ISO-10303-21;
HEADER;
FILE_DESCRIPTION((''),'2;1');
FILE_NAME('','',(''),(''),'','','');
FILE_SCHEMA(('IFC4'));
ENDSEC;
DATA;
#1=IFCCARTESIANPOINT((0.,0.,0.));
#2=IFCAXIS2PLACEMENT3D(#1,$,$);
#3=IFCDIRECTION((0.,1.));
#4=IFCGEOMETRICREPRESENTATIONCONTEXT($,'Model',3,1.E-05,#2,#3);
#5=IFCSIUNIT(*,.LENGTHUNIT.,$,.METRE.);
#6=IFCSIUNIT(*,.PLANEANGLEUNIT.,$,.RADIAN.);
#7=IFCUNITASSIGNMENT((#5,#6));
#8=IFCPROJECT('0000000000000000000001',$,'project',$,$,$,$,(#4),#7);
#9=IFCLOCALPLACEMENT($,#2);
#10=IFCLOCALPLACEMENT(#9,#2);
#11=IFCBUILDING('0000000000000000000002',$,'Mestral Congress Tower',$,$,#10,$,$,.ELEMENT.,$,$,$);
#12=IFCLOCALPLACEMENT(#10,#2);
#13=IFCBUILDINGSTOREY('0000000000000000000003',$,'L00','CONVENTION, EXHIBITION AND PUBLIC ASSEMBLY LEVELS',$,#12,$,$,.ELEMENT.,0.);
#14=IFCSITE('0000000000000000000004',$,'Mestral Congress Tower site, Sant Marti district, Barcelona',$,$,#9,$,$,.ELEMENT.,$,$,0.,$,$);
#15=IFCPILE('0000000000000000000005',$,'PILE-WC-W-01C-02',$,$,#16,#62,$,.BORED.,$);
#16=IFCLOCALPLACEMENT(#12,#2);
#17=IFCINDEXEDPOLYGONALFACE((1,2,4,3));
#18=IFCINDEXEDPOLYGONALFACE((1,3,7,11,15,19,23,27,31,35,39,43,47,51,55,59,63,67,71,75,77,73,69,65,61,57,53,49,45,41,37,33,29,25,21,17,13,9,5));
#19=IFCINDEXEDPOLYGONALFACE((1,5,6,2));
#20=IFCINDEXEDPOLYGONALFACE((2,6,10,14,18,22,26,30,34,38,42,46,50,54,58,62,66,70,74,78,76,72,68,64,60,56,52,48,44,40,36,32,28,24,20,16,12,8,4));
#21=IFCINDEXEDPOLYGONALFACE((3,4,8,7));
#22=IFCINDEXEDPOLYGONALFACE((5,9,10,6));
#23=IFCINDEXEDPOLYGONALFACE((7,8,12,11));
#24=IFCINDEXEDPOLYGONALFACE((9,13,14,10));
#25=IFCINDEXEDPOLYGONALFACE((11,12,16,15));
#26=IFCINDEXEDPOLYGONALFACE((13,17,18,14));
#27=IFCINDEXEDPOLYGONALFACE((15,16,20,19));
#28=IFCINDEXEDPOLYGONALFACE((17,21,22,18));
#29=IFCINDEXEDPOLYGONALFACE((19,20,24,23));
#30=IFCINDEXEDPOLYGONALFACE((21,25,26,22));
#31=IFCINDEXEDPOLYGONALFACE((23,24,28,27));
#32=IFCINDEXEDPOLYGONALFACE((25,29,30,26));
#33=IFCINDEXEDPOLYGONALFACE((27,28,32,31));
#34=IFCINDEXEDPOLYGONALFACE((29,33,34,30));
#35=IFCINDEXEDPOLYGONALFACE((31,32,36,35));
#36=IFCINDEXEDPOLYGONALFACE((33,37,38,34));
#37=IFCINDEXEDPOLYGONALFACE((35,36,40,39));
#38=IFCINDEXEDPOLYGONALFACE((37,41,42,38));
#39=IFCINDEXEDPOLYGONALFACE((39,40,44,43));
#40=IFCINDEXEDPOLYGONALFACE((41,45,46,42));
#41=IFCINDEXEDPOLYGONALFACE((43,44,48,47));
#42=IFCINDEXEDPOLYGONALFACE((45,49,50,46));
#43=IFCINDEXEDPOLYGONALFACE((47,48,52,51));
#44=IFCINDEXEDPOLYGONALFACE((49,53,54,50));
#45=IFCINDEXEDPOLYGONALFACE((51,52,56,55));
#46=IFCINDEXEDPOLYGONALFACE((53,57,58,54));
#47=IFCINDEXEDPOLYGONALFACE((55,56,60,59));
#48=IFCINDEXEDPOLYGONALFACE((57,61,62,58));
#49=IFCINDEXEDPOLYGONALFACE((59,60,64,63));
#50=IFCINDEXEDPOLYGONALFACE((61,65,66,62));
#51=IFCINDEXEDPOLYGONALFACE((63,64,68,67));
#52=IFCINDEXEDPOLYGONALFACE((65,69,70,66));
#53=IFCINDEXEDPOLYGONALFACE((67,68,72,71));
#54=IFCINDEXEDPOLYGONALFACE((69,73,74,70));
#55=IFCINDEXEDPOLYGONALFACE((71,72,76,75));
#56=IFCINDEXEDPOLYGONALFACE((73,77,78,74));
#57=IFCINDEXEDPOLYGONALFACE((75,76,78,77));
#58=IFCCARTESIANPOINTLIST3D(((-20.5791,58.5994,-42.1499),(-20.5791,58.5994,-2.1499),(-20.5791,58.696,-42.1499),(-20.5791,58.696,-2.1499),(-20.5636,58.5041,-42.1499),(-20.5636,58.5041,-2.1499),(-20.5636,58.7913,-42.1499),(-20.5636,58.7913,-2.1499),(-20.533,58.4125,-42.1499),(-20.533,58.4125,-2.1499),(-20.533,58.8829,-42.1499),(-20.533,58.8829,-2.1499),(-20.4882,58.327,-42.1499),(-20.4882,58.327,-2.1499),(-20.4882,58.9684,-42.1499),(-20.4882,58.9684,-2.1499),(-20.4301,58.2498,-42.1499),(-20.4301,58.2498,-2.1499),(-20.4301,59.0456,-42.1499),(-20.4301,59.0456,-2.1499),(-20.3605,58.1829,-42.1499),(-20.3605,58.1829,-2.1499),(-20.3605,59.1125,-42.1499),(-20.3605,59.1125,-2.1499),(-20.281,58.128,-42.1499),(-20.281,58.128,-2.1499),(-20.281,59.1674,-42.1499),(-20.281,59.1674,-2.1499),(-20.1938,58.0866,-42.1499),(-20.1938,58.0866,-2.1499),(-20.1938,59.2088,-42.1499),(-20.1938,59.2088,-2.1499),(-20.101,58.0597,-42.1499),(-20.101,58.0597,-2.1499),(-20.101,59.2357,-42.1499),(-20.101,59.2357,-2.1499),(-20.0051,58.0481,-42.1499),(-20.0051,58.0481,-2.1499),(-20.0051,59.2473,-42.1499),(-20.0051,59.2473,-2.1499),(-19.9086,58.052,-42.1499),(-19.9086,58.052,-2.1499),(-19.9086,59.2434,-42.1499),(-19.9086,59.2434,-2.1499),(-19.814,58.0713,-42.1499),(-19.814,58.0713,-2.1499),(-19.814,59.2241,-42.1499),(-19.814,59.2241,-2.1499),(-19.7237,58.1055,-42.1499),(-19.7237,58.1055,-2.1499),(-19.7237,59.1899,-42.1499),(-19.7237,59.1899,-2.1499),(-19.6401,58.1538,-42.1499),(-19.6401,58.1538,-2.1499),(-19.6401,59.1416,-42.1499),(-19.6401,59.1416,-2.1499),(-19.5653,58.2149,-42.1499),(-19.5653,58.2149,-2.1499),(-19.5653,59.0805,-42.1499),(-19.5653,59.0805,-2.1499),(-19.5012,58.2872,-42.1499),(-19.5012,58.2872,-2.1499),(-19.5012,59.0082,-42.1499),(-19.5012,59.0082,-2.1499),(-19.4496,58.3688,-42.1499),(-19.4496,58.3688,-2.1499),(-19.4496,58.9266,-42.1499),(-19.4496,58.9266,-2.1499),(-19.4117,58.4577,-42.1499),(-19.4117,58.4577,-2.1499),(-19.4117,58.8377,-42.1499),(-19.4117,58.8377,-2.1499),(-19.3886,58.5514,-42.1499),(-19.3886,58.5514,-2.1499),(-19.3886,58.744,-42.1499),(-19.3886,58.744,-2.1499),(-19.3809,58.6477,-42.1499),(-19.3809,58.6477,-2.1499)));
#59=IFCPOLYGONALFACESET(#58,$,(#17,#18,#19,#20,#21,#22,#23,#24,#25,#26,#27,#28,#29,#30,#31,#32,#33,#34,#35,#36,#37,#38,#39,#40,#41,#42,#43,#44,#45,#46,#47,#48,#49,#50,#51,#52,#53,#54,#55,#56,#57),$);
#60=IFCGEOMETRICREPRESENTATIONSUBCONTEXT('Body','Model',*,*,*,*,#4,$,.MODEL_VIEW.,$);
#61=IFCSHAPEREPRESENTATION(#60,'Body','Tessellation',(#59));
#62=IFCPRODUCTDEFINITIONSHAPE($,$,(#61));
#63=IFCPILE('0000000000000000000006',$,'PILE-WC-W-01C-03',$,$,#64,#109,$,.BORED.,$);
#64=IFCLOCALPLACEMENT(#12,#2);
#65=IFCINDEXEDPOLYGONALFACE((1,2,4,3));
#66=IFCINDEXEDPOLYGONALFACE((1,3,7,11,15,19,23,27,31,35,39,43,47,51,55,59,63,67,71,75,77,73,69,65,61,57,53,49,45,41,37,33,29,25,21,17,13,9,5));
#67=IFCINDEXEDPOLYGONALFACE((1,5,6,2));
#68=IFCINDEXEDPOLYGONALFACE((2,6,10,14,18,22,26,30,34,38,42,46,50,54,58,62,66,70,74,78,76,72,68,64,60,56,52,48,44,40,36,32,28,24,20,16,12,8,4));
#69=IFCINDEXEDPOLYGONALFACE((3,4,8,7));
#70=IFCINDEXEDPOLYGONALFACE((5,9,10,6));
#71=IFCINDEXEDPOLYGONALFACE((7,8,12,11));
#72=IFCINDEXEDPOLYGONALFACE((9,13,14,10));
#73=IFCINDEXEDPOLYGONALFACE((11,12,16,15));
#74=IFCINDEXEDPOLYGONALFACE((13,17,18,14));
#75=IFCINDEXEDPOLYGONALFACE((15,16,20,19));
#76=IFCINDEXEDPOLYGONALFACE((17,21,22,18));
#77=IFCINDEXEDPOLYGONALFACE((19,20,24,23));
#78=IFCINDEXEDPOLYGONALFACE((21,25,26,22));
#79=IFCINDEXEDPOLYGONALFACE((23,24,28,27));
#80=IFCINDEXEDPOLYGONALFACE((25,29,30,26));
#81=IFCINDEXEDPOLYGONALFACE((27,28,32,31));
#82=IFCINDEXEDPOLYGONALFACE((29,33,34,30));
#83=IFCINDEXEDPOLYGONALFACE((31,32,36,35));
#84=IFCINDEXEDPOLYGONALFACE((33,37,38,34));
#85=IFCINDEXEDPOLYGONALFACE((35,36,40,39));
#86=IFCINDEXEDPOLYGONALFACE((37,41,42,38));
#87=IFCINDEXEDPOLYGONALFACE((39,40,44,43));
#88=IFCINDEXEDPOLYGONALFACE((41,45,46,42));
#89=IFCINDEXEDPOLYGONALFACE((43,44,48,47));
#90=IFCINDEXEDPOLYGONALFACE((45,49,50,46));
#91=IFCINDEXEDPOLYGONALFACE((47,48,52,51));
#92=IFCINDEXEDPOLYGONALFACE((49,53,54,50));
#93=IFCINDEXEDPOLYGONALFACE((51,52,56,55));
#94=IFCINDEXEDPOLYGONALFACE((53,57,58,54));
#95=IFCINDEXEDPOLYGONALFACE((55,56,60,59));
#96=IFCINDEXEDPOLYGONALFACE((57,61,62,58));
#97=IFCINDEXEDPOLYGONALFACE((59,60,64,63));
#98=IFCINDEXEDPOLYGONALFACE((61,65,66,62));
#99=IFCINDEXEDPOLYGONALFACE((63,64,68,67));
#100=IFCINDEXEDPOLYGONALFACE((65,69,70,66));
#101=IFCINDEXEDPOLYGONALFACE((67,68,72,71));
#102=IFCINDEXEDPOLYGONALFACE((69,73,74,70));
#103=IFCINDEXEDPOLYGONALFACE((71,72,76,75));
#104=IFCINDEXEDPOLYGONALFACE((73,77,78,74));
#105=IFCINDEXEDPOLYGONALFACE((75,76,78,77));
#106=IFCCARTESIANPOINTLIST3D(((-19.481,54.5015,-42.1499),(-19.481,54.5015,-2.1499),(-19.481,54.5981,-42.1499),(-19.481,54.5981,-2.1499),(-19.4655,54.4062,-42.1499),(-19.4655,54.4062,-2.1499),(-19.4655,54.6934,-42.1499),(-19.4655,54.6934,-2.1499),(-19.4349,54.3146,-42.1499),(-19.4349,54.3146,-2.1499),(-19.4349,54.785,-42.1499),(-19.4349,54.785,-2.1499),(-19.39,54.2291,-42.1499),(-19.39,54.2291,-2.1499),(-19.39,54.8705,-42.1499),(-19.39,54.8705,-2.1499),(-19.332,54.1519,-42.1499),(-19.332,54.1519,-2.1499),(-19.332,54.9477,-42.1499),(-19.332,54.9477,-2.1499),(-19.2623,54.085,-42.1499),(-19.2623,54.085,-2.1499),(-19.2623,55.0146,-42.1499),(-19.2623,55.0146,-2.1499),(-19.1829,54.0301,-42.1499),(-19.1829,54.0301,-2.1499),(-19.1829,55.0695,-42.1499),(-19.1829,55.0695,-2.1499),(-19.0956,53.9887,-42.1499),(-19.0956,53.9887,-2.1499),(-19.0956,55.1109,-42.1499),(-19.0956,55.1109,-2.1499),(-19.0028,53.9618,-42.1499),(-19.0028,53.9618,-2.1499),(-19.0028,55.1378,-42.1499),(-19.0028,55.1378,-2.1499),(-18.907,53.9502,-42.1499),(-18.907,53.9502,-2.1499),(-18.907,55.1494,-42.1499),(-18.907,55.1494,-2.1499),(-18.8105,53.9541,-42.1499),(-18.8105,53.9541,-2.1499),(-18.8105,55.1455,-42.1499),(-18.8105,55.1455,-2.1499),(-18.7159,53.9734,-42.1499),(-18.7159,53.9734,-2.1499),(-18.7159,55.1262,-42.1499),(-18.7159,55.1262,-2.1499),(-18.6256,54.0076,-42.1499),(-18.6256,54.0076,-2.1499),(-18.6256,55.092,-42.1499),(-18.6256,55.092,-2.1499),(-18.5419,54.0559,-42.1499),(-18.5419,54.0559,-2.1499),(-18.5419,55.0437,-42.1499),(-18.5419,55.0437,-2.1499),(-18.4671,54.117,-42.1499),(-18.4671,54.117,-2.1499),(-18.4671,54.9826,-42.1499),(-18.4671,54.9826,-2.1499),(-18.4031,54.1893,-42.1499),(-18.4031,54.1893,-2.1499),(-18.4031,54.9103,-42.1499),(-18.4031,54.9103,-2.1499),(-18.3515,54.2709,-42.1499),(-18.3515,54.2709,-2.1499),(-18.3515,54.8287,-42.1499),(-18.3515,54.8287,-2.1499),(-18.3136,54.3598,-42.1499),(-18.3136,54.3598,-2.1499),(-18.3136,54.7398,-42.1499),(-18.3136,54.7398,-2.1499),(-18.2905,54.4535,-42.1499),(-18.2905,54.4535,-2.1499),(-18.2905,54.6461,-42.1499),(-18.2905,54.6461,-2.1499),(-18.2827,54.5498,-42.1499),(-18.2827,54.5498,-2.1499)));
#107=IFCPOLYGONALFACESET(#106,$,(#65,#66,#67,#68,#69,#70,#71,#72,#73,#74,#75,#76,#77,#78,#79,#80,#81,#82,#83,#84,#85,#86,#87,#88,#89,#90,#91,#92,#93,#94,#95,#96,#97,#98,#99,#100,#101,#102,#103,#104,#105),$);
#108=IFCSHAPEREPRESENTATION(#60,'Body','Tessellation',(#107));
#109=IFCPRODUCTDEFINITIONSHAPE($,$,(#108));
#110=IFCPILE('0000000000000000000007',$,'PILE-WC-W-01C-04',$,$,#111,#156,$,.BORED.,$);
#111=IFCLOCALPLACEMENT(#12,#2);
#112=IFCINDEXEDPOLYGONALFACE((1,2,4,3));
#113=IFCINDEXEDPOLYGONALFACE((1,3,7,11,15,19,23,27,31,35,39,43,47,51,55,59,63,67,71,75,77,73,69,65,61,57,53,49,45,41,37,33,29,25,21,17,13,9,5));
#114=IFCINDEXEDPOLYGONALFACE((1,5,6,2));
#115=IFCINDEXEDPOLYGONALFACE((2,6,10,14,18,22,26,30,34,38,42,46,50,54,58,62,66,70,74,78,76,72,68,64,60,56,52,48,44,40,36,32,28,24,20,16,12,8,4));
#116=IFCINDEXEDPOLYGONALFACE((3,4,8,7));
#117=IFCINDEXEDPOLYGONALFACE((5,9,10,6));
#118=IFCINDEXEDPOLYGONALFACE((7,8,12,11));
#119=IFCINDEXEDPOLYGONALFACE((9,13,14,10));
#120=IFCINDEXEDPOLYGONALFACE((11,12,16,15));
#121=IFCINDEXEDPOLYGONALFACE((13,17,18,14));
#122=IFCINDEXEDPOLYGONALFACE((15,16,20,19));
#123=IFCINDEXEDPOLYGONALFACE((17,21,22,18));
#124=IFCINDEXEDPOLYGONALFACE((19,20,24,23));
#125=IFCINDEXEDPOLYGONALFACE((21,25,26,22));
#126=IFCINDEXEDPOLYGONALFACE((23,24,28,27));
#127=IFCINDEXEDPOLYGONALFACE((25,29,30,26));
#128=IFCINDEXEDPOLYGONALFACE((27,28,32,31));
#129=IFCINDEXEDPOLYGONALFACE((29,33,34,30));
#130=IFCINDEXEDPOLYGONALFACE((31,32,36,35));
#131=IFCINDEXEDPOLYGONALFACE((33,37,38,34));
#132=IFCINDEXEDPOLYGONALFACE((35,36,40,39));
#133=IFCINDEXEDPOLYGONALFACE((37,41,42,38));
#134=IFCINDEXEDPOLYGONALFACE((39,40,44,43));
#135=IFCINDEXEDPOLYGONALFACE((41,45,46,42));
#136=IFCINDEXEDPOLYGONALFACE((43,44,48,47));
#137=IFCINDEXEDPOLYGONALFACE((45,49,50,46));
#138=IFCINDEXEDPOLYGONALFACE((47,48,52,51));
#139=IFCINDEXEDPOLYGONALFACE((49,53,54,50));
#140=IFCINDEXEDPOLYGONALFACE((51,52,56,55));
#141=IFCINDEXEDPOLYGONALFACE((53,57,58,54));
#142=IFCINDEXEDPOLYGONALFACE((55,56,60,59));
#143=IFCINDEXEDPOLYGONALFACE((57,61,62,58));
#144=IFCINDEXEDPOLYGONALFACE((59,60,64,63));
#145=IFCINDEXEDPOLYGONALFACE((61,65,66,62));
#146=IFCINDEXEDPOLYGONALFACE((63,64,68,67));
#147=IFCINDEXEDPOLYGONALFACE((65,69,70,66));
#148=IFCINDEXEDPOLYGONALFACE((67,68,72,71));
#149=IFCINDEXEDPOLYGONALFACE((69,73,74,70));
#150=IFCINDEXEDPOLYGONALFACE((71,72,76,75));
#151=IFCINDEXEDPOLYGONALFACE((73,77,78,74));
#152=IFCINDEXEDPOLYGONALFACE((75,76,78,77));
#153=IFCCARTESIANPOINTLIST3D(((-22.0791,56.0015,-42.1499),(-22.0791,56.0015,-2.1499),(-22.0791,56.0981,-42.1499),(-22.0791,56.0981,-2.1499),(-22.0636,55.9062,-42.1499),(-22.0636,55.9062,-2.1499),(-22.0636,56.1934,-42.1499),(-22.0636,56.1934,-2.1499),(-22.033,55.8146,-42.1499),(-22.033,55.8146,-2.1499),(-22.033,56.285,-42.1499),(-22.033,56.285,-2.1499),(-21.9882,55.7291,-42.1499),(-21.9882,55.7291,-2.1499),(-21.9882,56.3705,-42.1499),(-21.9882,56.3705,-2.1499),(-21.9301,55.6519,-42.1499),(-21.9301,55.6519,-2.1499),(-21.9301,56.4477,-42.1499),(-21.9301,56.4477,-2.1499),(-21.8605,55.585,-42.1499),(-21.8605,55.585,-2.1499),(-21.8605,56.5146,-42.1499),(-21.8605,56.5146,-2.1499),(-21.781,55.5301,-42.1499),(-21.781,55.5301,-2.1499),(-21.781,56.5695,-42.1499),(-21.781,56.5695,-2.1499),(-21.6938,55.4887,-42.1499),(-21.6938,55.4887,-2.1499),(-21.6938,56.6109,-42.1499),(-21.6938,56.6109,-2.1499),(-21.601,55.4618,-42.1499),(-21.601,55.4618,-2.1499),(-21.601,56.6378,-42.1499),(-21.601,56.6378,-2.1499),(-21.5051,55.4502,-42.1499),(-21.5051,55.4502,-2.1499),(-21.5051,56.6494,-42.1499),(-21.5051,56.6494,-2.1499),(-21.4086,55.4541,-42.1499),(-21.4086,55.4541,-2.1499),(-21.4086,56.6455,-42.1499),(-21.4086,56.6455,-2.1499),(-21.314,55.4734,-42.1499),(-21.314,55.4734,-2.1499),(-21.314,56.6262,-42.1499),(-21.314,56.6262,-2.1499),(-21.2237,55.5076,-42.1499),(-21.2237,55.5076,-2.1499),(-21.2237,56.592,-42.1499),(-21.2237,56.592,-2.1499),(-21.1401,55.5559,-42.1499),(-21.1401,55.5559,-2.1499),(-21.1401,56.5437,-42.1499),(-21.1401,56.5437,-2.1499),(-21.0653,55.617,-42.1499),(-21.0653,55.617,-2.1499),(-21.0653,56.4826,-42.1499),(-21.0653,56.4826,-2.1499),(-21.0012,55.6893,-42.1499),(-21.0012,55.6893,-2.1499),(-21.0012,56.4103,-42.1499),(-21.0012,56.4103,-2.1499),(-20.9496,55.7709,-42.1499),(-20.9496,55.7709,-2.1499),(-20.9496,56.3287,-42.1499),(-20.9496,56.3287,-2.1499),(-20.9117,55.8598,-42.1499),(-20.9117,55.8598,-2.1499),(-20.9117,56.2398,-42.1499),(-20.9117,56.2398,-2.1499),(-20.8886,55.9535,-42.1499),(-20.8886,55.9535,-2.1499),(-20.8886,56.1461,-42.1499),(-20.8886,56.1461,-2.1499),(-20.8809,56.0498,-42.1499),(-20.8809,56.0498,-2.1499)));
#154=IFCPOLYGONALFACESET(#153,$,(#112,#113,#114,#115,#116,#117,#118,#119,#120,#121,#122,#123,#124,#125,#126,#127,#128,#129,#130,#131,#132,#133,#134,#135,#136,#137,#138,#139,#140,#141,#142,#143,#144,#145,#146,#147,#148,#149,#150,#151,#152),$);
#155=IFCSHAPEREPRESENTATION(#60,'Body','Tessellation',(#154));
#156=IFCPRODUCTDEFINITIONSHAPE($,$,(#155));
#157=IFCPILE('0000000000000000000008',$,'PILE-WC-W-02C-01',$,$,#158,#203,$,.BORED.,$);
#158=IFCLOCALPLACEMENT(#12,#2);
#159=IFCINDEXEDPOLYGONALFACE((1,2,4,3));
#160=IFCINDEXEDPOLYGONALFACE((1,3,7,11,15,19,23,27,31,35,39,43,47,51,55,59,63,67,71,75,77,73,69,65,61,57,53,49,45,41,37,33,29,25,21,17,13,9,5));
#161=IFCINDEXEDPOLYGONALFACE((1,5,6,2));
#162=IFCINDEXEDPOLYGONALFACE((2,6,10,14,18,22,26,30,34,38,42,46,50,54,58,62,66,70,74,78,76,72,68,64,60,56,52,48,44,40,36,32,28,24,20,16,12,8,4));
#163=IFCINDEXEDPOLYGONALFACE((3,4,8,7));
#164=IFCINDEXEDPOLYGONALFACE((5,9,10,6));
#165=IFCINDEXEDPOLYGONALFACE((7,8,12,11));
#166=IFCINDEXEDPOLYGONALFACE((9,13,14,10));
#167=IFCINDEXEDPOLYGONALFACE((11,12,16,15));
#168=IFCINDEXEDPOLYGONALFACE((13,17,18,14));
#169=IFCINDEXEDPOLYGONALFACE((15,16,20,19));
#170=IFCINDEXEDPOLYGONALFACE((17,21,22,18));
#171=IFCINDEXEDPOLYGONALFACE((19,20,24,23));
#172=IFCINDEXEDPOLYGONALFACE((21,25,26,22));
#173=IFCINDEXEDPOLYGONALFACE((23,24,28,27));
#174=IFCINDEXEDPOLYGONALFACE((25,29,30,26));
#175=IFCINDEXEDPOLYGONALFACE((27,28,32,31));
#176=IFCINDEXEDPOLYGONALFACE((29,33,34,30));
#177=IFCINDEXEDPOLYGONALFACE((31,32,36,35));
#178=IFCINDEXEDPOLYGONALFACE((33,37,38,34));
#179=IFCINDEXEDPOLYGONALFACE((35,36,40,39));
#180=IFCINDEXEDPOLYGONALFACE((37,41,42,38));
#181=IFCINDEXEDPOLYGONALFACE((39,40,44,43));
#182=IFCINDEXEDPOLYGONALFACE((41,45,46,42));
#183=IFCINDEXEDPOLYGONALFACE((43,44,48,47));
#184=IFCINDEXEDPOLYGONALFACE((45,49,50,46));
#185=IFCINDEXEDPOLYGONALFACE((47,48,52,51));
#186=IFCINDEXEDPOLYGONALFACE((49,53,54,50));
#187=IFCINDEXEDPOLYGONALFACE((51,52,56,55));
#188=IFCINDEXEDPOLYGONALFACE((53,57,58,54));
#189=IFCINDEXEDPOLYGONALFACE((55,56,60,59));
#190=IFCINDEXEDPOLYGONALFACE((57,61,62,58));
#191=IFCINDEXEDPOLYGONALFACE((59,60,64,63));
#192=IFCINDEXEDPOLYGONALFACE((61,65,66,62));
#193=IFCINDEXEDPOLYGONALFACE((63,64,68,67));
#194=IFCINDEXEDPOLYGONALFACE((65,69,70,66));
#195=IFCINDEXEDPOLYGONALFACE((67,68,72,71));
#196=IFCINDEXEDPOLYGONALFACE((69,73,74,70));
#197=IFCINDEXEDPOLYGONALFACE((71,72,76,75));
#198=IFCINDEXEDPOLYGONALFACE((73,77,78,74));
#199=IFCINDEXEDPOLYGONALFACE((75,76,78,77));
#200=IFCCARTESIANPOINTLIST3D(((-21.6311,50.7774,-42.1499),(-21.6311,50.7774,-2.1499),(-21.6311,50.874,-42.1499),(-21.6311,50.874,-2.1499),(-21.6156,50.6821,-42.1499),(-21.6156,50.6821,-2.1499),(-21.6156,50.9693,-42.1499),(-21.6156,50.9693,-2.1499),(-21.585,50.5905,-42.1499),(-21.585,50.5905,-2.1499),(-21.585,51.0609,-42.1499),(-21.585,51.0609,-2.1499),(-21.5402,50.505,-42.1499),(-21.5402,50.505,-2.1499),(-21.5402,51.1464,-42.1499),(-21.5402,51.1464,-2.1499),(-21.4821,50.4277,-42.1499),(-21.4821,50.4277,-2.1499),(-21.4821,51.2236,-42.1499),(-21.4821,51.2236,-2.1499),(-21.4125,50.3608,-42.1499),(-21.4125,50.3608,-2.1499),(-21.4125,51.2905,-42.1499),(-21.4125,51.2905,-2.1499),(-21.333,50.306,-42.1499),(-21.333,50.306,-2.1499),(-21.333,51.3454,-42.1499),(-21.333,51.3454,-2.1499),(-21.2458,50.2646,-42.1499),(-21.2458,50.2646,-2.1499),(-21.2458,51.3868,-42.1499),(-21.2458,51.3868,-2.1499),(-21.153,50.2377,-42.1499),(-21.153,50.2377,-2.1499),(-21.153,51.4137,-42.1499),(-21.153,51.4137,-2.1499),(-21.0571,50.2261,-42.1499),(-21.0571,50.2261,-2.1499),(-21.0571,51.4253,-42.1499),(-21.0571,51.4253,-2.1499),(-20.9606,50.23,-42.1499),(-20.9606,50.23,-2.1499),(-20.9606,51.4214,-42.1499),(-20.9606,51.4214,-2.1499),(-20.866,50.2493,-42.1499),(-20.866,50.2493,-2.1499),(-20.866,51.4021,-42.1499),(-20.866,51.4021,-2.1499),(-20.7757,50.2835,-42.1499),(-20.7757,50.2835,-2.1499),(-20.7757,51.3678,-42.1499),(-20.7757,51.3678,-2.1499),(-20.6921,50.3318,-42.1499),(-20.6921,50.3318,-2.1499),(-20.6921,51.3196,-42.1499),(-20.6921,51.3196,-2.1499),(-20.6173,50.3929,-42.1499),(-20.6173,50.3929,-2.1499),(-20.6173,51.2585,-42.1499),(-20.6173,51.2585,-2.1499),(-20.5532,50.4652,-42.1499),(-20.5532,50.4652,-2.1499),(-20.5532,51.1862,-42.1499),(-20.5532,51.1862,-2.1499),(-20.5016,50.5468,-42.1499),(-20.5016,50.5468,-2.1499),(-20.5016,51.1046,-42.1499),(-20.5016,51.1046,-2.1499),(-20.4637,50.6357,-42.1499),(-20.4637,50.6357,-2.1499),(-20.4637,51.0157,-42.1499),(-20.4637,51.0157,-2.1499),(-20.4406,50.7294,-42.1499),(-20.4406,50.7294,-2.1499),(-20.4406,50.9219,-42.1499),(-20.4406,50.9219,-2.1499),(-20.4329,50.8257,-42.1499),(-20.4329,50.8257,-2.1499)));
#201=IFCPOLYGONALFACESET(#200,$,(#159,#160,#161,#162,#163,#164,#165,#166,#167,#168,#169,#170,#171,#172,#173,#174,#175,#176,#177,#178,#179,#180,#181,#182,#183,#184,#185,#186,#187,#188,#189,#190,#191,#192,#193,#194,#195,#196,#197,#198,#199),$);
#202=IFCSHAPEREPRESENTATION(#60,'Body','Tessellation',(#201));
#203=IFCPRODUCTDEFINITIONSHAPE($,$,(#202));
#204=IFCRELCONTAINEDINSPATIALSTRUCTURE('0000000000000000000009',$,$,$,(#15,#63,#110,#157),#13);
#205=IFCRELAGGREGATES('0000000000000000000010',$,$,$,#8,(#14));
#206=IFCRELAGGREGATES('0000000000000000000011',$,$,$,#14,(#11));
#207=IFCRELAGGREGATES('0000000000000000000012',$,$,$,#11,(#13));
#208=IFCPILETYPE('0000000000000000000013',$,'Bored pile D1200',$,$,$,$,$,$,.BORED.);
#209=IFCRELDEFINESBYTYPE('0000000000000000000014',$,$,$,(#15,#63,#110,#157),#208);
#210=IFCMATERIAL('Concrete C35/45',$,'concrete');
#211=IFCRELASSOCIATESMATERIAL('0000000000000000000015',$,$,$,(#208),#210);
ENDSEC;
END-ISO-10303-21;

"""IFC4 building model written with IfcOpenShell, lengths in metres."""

from ifc_helpers import new_model, si_unit, direction, frame, origin, origin_2d, place, context, subcontext, project, spatial, circle, extrude, material, material_profile, profile_set, type_object, element, save


model = new_model("IFC4")

# Units and contexts
model_context = context("Model", 3, precision=1e-05, world=origin(), true_north=direction((0.0, 1.0)))
body_context = subcontext(model_context, "Body", "Model", "MODEL_VIEW")
ifc_project = project(units=[si_unit("LENGTHUNIT", "METRE"), si_unit("PLANEANGLEUNIT", "RADIAN")], contexts=[model_context])

# Site, building, storey
site_placement = place(None, origin())
site = spatial("IfcSite", under=ifc_project, at=site_placement, Name="Mestral Congress Tower site, Sant Marti district, Barcelona", CompositionType="ELEMENT", RefElevation=0.0)
building_placement = place(site_placement, origin())
building = spatial("IfcBuilding", under=site, at=building_placement, Name="Mestral Congress Tower", CompositionType="ELEMENT")
storey_placement = place(building_placement, origin())
storey = spatial("IfcBuildingStorey", under=building, at=storey_placement, Name="L00", Description="CONVENTION, EXHIBITION AND PUBLIC ASSEMBLY LEVELS", CompositionType="ELEMENT", Elevation=0.0)

# Piles
ifc_material_1 = material(Name="Concrete C35/45", Category="concrete")
ifc_material_profile_1 = material_profile(ifc_material_1, circle(Radius=0.6001, at=origin_2d()), Name="D1200")
ifc_profile_set_1 = profile_set([ifc_material_profile_1], Name="Concrete C35/45")
pile_type = type_object("IfcPileType", Name="Bored pile D1200", PredefinedType="BORED", material=ifc_profile_set_1)
for number, where, z_axis, x_axis, name in (
    (1, (-19.981, 58.6477, -2.1499), (0.0, 0.0, -1.0), (1.0, 0.0, 0.0), "PILE-WC-W-01C-02"),
    (2, (-18.8828, 54.5498, -2.1499), (0.0, 0.0, -1.0), (1.0, 0.0, 0.0), "PILE-WC-W-01C-03"),
    (3, (-21.481, 56.0498, -2.1499), (0.0, 0.0, -1.0), (1.0, 0.0, 0.0), "PILE-WC-W-01C-04"),
    (4, (-21.033, 50.8257, -2.1499), (0.0, 0.0, -1.0), (1.0, 0.0, 0.0), "PILE-WC-W-02C-01"),
):
    element("IfcPile", number, at=place(storey_placement, frame(where, z_axis=z_axis, x_axis=x_axis)), inside=storey, type_object=pile_type, Name=name, PredefinedType="BORED", context=body_context, shape_type="SweptSolid", body=[
        extrude(circle(Radius=0.6001, at=origin_2d()), origin(), (0.0, 0.0, 1.0), 40.0),
    ])

save(model, "model.ifc")
